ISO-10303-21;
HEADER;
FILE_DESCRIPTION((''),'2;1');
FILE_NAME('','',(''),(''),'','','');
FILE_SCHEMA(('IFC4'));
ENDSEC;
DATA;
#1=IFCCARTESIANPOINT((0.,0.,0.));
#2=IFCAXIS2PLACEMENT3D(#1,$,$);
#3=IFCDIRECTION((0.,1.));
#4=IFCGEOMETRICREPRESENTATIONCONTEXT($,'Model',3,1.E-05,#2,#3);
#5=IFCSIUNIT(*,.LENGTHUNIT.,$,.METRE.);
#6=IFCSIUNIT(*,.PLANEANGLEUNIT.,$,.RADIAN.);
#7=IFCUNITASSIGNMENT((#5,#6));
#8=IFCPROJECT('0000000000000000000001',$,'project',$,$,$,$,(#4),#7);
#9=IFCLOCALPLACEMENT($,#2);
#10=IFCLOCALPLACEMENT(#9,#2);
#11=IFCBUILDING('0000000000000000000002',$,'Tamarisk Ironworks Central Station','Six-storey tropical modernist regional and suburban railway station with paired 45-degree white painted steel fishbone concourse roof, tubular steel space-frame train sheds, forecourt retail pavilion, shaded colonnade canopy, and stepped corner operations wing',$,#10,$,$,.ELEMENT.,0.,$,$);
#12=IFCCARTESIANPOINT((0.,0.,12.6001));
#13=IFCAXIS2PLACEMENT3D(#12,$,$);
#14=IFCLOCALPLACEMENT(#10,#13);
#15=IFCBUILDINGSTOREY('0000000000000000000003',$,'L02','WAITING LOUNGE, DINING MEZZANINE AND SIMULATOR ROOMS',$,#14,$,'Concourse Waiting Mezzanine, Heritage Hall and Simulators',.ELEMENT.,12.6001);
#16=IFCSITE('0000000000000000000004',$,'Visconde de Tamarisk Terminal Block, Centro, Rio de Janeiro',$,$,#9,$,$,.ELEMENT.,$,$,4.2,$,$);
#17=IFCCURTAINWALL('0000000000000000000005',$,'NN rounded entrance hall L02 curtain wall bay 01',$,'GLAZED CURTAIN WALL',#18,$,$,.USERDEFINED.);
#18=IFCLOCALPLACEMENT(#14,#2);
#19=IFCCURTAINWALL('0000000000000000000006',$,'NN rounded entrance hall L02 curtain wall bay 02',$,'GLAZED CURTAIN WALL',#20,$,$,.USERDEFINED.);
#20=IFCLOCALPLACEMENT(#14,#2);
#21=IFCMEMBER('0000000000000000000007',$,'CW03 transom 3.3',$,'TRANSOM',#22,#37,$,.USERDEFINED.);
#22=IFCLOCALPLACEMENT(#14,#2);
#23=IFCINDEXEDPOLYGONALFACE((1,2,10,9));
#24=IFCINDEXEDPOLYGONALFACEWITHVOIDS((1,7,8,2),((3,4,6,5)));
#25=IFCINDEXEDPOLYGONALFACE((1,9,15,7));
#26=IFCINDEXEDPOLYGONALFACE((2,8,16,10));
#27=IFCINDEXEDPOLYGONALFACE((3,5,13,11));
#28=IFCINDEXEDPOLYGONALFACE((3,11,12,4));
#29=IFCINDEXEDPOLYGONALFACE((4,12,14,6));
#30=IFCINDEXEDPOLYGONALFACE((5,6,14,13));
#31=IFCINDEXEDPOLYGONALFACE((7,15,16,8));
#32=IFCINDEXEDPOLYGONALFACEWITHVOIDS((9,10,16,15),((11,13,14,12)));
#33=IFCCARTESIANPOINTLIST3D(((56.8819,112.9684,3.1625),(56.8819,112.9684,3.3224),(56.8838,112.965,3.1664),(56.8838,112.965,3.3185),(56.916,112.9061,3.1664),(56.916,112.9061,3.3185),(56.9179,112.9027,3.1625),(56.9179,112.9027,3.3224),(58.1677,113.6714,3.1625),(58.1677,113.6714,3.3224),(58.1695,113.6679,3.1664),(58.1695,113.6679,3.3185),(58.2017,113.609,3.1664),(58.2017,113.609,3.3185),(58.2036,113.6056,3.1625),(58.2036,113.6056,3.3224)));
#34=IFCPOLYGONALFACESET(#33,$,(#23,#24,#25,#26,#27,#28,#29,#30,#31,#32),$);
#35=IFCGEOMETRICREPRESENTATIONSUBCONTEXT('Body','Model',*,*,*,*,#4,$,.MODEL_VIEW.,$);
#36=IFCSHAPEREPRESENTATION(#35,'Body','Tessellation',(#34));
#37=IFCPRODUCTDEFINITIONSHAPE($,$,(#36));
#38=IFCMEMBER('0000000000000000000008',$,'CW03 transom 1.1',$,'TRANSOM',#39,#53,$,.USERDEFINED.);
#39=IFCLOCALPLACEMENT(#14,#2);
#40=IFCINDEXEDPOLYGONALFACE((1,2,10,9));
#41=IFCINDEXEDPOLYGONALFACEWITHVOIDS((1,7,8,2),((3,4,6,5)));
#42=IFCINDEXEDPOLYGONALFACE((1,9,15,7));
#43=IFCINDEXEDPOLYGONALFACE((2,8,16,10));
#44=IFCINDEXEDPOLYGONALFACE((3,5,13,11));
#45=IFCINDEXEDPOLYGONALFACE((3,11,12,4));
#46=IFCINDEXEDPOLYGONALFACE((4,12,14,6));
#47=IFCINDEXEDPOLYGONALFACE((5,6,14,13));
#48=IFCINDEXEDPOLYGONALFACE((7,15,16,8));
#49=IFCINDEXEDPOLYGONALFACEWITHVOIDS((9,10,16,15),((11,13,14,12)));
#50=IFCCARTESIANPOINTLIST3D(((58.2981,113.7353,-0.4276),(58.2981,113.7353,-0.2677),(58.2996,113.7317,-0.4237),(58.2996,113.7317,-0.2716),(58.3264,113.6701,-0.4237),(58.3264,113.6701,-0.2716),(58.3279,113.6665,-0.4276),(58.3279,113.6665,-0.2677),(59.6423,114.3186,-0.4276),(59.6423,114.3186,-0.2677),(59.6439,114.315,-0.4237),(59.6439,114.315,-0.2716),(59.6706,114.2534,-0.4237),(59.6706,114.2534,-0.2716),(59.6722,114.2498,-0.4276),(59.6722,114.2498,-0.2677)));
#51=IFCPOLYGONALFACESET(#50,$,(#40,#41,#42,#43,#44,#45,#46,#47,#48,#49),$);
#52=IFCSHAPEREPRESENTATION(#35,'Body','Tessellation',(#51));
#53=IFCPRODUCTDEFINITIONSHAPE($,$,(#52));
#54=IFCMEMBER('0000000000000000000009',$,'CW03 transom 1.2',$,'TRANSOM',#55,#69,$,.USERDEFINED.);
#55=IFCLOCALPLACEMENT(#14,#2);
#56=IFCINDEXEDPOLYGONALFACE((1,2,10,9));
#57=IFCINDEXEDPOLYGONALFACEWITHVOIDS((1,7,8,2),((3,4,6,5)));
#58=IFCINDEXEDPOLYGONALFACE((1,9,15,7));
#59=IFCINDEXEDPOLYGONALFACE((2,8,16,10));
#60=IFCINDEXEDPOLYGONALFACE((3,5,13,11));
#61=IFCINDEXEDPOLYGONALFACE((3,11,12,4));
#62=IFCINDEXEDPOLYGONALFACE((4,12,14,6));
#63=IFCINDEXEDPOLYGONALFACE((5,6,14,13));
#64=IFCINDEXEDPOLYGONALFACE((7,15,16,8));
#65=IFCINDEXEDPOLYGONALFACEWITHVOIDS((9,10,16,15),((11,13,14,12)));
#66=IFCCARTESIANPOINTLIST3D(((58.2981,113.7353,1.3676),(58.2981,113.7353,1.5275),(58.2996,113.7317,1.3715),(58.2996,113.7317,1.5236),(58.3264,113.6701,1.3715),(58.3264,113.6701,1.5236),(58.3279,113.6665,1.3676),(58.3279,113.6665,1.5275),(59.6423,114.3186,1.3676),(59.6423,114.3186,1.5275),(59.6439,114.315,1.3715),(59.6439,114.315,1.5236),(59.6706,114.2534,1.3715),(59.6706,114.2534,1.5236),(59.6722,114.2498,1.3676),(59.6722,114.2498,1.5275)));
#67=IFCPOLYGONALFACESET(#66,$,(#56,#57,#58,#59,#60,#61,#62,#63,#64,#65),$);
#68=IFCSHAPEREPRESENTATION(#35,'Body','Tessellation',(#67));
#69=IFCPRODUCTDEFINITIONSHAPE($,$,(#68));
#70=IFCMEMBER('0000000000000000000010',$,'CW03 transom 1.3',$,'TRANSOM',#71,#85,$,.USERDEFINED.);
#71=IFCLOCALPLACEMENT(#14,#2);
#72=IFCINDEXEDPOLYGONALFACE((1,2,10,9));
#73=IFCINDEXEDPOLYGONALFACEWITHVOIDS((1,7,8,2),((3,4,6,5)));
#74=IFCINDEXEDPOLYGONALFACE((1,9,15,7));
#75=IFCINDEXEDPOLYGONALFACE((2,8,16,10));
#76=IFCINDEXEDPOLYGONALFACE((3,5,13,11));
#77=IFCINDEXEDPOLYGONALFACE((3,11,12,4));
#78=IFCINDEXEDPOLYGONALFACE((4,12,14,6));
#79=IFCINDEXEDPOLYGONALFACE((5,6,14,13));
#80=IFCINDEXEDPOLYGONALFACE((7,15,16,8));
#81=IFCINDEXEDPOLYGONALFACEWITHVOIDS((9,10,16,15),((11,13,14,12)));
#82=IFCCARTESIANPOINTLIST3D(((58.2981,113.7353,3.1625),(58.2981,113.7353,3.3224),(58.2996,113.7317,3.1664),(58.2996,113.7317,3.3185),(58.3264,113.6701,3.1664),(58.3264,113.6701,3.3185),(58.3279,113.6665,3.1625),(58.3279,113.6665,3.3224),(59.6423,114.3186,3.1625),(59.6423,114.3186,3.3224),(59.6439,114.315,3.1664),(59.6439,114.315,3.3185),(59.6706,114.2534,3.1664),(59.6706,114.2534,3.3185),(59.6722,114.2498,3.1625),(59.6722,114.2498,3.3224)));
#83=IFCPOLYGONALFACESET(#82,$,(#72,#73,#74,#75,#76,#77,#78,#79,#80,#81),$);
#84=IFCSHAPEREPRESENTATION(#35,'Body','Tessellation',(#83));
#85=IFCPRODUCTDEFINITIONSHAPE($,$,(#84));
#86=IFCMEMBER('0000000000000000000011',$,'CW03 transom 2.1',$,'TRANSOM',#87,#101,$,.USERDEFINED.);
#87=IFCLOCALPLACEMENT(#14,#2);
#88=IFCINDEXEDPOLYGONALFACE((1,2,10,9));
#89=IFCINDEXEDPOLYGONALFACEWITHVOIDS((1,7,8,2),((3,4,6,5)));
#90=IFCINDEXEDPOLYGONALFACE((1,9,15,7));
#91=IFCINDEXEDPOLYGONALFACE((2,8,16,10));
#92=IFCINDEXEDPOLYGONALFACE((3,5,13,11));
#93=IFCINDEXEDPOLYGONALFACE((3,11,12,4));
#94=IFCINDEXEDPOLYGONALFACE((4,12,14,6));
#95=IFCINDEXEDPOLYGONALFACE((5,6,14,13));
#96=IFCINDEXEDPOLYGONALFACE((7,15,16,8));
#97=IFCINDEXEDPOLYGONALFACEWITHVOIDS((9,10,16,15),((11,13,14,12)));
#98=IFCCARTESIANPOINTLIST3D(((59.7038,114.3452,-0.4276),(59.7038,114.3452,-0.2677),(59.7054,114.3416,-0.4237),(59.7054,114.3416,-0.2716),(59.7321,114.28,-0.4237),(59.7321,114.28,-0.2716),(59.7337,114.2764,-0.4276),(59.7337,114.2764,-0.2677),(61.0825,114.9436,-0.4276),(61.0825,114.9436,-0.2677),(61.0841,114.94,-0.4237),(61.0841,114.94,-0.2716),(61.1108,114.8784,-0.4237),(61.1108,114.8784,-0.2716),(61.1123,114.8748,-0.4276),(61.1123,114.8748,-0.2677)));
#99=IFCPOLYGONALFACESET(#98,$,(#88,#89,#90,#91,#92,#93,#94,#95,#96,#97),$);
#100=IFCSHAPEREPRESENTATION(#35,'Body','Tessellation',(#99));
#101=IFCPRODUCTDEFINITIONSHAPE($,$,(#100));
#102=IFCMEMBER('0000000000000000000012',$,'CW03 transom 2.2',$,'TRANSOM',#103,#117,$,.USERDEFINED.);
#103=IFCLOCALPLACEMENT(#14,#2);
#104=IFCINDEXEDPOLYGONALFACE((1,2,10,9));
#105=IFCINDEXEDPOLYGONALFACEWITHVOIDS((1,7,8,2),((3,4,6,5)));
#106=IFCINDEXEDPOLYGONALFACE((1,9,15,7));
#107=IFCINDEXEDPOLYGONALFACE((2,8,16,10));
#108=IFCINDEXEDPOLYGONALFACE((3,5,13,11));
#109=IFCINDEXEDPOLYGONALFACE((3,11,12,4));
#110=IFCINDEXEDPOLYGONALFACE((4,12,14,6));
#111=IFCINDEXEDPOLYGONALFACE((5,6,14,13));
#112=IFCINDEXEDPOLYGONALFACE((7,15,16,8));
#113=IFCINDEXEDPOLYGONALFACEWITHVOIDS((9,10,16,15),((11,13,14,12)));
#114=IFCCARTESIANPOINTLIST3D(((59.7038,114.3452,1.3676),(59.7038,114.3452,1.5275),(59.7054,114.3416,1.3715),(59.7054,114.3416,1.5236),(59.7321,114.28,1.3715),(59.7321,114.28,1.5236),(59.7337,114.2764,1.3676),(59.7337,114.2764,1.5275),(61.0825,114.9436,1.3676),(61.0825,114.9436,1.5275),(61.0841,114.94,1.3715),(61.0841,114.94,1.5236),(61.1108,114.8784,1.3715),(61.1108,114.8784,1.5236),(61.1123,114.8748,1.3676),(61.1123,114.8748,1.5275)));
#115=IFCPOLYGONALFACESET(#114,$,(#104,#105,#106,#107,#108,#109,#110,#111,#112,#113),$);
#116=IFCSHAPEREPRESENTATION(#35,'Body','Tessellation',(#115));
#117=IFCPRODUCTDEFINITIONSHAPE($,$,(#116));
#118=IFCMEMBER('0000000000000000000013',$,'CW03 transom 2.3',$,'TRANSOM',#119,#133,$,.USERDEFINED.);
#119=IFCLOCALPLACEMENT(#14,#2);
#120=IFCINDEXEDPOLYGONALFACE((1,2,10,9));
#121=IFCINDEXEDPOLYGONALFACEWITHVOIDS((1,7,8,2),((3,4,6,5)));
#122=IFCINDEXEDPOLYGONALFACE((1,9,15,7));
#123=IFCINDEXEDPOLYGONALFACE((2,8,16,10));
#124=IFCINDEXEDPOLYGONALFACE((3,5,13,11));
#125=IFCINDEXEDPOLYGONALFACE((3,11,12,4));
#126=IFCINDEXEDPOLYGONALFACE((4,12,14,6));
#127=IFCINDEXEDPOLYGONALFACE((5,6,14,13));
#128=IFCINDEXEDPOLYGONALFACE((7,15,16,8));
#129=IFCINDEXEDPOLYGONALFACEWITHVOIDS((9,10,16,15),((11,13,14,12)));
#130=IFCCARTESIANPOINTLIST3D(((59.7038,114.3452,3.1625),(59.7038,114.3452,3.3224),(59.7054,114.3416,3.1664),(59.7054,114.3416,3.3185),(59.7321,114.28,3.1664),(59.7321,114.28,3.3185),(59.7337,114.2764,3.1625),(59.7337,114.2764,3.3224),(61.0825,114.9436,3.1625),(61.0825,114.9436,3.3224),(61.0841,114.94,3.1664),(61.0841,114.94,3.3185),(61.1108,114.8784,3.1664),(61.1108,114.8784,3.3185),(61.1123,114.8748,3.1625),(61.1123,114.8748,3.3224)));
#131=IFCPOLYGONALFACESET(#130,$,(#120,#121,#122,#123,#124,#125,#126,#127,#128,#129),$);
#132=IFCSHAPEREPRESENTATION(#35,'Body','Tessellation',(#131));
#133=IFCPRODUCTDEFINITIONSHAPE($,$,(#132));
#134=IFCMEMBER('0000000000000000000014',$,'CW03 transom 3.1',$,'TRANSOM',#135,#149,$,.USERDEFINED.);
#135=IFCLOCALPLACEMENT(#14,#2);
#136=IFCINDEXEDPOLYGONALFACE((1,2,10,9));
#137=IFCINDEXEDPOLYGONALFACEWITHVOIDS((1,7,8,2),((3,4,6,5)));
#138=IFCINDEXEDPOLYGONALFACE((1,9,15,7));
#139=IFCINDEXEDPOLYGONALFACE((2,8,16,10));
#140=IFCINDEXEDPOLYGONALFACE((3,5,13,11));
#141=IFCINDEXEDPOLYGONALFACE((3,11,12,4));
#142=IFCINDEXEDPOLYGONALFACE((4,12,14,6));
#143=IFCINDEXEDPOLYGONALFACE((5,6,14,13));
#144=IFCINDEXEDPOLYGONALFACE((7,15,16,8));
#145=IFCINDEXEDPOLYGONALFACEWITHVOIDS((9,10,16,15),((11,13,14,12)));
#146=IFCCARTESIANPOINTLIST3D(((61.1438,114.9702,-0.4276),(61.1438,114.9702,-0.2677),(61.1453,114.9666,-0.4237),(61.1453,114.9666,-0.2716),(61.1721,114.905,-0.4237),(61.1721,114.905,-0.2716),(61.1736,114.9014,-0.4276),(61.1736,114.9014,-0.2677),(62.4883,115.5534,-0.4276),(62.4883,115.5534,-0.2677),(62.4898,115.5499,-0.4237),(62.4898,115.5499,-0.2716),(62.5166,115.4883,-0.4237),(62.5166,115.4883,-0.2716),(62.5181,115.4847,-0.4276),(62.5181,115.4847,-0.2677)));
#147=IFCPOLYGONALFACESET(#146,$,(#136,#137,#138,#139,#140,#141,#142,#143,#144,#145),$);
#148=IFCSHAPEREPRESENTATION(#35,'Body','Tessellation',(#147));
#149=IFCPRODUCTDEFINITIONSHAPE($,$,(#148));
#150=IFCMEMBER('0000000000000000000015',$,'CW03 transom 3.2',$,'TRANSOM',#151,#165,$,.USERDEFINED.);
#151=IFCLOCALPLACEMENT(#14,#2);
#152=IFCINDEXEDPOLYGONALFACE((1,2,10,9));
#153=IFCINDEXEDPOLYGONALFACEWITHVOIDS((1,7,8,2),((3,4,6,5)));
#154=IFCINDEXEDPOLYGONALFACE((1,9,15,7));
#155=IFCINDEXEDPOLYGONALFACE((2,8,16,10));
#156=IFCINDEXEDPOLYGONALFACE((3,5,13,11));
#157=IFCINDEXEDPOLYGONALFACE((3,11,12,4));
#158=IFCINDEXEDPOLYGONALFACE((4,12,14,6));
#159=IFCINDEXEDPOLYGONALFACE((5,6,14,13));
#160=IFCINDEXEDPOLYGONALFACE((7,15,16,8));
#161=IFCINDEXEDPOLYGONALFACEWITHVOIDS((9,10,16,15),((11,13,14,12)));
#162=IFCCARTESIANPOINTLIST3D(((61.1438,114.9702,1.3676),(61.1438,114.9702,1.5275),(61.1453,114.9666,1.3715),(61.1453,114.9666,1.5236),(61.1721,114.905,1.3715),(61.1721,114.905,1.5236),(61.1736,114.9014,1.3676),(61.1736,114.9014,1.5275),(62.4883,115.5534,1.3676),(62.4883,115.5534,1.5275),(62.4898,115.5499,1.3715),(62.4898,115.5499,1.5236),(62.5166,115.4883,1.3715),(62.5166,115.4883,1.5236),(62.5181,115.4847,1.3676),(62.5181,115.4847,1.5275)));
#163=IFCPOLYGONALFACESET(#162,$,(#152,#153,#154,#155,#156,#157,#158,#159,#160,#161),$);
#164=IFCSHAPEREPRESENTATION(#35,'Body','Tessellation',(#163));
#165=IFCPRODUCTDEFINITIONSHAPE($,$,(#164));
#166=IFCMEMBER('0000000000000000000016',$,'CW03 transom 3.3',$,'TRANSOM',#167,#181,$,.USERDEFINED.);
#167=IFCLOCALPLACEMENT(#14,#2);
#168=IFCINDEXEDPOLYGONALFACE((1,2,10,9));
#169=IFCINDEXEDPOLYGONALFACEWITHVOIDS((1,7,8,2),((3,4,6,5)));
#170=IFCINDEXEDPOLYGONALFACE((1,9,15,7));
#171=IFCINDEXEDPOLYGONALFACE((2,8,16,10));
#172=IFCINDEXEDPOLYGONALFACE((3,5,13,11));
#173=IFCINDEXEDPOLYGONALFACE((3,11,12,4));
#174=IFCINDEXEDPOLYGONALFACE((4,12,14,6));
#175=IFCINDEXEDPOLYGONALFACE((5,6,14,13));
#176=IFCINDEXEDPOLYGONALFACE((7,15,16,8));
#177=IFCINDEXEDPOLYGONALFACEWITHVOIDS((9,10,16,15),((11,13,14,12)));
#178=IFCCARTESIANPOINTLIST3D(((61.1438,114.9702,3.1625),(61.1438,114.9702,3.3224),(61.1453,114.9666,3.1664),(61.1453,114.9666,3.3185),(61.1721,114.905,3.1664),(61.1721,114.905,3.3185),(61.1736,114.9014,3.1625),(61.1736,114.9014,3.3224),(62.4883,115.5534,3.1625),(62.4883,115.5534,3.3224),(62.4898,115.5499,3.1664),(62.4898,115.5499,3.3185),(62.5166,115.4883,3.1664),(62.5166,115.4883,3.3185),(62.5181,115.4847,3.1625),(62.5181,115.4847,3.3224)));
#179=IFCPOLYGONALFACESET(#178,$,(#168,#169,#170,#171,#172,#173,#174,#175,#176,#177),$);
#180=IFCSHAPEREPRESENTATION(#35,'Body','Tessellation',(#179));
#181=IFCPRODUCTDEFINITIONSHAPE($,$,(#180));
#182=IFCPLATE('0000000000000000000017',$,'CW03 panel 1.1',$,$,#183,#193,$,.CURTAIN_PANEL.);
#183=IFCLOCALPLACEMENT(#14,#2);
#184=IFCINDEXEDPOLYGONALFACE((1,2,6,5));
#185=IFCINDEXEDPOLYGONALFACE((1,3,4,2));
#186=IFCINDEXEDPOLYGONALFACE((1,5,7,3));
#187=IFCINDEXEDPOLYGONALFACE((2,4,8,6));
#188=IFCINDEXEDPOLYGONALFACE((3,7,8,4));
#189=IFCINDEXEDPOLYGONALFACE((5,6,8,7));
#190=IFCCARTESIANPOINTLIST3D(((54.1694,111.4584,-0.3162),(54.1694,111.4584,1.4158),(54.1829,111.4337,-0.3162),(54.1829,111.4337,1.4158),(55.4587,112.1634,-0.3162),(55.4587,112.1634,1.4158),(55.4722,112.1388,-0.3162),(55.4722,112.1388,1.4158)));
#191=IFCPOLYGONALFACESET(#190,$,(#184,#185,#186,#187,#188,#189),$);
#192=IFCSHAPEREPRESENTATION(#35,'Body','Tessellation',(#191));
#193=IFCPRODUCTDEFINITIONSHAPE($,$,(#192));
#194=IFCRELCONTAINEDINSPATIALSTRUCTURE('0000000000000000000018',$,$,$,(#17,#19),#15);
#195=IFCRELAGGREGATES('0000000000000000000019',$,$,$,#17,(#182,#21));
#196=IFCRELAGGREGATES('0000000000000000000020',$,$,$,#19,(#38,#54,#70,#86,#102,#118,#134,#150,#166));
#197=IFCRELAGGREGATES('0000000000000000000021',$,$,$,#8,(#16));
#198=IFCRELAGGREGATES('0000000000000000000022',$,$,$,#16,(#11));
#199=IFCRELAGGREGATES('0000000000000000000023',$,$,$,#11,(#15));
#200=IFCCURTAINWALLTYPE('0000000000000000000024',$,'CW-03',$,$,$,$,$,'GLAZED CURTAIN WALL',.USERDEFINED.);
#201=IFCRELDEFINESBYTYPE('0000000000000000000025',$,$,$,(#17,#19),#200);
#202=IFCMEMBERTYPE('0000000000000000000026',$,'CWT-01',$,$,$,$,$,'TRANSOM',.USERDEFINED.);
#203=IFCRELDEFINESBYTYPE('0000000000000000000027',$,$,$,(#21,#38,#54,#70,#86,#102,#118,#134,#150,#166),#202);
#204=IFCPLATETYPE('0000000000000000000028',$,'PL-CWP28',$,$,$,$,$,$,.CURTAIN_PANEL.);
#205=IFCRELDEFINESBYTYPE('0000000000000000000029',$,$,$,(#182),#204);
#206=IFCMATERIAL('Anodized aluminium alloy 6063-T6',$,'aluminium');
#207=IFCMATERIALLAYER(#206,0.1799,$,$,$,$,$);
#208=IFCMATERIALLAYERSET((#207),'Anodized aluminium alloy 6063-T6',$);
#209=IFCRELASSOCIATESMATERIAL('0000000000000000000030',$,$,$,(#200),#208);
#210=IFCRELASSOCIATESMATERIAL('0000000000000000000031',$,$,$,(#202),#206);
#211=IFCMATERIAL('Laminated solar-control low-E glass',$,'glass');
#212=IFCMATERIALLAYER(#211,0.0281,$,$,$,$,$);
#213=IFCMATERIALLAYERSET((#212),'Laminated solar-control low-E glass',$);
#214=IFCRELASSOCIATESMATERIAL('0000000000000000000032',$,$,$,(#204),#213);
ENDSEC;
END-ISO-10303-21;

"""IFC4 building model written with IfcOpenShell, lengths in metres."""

from ifc_helpers import new_model, si_unit, direction, frame, origin, origin_2d, place, context, subcontext, project, spatial, rectangle, hollow_rectangle, extrude, material, layer, layer_set, material_profile, profile_set, type_object, element, aggregate, save


model = new_model("IFC4")

# Units and contexts
model_context = context("Model", 3, precision=1e-05, world=origin(), true_north=direction((0.0, 1.0)))
body_context = subcontext(model_context, "Body", "Model", "MODEL_VIEW")
ifc_project = project(units=[si_unit("LENGTHUNIT", "METRE"), si_unit("PLANEANGLEUNIT", "RADIAN")], contexts=[model_context])

# Site, building, storey
site_placement = place(None, origin())
site = spatial("IfcSite", under=ifc_project, at=site_placement, Name="Visconde de Tamarisk Terminal Block, Centro, Rio de Janeiro", CompositionType="ELEMENT", RefElevation=4.2)
building_placement = place(site_placement, origin())
building = spatial("IfcBuilding", under=site, at=building_placement, Name="Tamarisk Ironworks Central Station", Description="Six-storey tropical modernist regional and suburban railway station with paired 45-degree white painted steel fishbone concourse roof, tubular steel space-frame train sheds, forecourt retail pavilion, shaded colonnade canopy, and stepped corner operations wing", CompositionType="ELEMENT", ElevationOfRefHeight=0.0)
storey_placement = place(building_placement, frame((0.0, 0.0, 12.6001)))
storey = spatial("IfcBuildingStorey", under=building, at=storey_placement, Name="L02", Description="WAITING LOUNGE, DINING MEZZANINE AND SIMULATOR ROOMS", LongName="Concourse Waiting Mezzanine, Heritage Hall and Simulators", CompositionType="ELEMENT", Elevation=12.6001)

# Curtain walls
ifc_material_1 = material(Name="Anodized aluminium alloy 6063-T6", Category="aluminium")
ifc_layer_1 = layer(ifc_material_1, 0.1799)
ifc_layer_set_1 = layer_set([ifc_layer_1], Name="Anodized aluminium alloy 6063-T6")
curtain_wall_type = type_object("IfcCurtainWallType", Name="CW-03", ElementType="GLAZED CURTAIN WALL", PredefinedType="USERDEFINED", material=ifc_layer_set_1)
curtain_wall_1_placement = place(storey_placement, origin())
curtain_wall_1 = element("IfcCurtainWall", 1, at=curtain_wall_1_placement, inside=storey, type_object=curtain_wall_type, Name="NN rounded entrance hall L02 curtain wall bay 01", ObjectType="GLAZED CURTAIN WALL", PredefinedType="USERDEFINED")
curtain_wall_2_placement = place(storey_placement, origin())
curtain_wall_2 = element("IfcCurtainWall", 2, at=curtain_wall_2_placement, inside=storey, type_object=curtain_wall_type, Name="NN rounded entrance hall L02 curtain wall bay 02", ObjectType="GLAZED CURTAIN WALL", PredefinedType="USERDEFINED")

# Members
ifc_material_profile_1 = material_profile(ifc_material_1, hollow_rectangle(XDim=0.075, YDim=0.1599, WallThickness=0.0039, at=origin_2d()), Name="ALUM 160x75")
ifc_profile_set_1 = profile_set([ifc_material_profile_1], Name="Anodized aluminium alloy 6063-T6")
member_type_1 = type_object("IfcMemberType", Name="CWT-01", ElementType="TRANSOM", PredefinedType="USERDEFINED", material=ifc_profile_set_1)
member_1_placement = place(storey_placement, frame((56.8999, 112.9355, 3.2424), z_axis=(0.87743, 0.479704, 0.0), x_axis=(-0.479704, 0.87743, 0.0)))
member_1 = element("IfcMember", 3, at=member_1_placement, type_object=member_type_1, Name="CW03 transom 3.3", ObjectType="TRANSOM", PredefinedType="USERDEFINED", context=body_context, shape_type="SweptSolid", body=[
    extrude(hollow_rectangle(XDim=0.075, YDim=0.1599, WallThickness=0.0039, at=origin_2d()), origin(), (0.0, 0.0, 1.0), 1.4653),
])
member_2_placement = place(storey_placement, frame((58.313, 113.7009, -0.3477), z_axis=(0.917369, 0.398038, 0.0), x_axis=(-0.398038, 0.917369, 0.0)))
member_2 = element("IfcMember", 4, at=member_2_placement, type_object=member_type_1, Name="CW03 transom 1.1", ObjectType="TRANSOM", PredefinedType="USERDEFINED", context=body_context, shape_type="SweptSolid", body=[
    extrude(hollow_rectangle(XDim=0.075, YDim=0.1599, WallThickness=0.0039, at=origin_2d()), origin(), (0.0, 0.0, 1.0), 1.4653),
])
member_3_placement = place(storey_placement, frame((58.313, 113.7009, 1.4475), z_axis=(0.917369, 0.398038, 0.0), x_axis=(-0.398038, 0.917369, 0.0)))
member_3 = element("IfcMember", 5, at=member_3_placement, type_object=member_type_1, Name="CW03 transom 1.2", ObjectType="TRANSOM", PredefinedType="USERDEFINED", context=body_context, shape_type="SweptSolid", body=[
    extrude(hollow_rectangle(XDim=0.075, YDim=0.1599, WallThickness=0.0039, at=origin_2d()), origin(), (0.0, 0.0, 1.0), 1.4653),
])
member_4_placement = place(storey_placement, frame((58.313, 113.7009, 3.2424), z_axis=(0.917369, 0.398038, 0.0), x_axis=(-0.398038, 0.917369, 0.0)))
member_4 = element("IfcMember", 6, at=member_4_placement, type_object=member_type_1, Name="CW03 transom 1.3", ObjectType="TRANSOM", PredefinedType="USERDEFINED", context=body_context, shape_type="SweptSolid", body=[
    extrude(hollow_rectangle(XDim=0.075, YDim=0.1599, WallThickness=0.0039, at=origin_2d()), origin(), (0.0, 0.0, 1.0), 1.4653),
])
member_5_placement = place(storey_placement, frame((59.7188, 114.3108, -0.3477), z_axis=(0.91732, 0.39815, 0.0), x_axis=(-0.39815, 0.91732, 0.0)))
member_5 = element("IfcMember", 7, at=member_5_placement, type_object=member_type_1, Name="CW03 transom 2.1", ObjectType="TRANSOM", PredefinedType="USERDEFINED", context=body_context, shape_type="SweptSolid", body=[
    extrude(hollow_rectangle(XDim=0.075, YDim=0.1599, WallThickness=0.0039, at=origin_2d()), origin(), (0.0, 0.0, 1.0), 1.5029),
])
member_6_placement = place(storey_placement, frame((59.7188, 114.3108, 1.4475), z_axis=(0.91732, 0.39815, 0.0), x_axis=(-0.39815, 0.91732, 0.0)))
member_6 = element("IfcMember", 8, at=member_6_placement, type_object=member_type_1, Name="CW03 transom 2.2", ObjectType="TRANSOM", PredefinedType="USERDEFINED", context=body_context, shape_type="SweptSolid", body=[
    extrude(hollow_rectangle(XDim=0.075, YDim=0.1599, WallThickness=0.0039, at=origin_2d()), origin(), (0.0, 0.0, 1.0), 1.5029),
])
member_7_placement = place(storey_placement, frame((59.7188, 114.3108, 3.2424), z_axis=(0.91732, 0.39815, 0.0), x_axis=(-0.39815, 0.91732, 0.0)))
member_7 = element("IfcMember", 9, at=member_7_placement, type_object=member_type_1, Name="CW03 transom 2.3", ObjectType="TRANSOM", PredefinedType="USERDEFINED", context=body_context, shape_type="SweptSolid", body=[
    extrude(hollow_rectangle(XDim=0.075, YDim=0.1599, WallThickness=0.0039, at=origin_2d()), origin(), (0.0, 0.0, 1.0), 1.5029),
])
member_8_placement = place(storey_placement, frame((61.1587, 114.9358, -0.3477), z_axis=(0.917396, 0.397977, 0.0), x_axis=(-0.397977, 0.917396, 0.0)))
member_8 = element("IfcMember", 10, at=member_8_placement, type_object=member_type_1, Name="CW03 transom 3.1", ObjectType="TRANSOM", PredefinedType="USERDEFINED", context=body_context, shape_type="SweptSolid", body=[
    extrude(hollow_rectangle(XDim=0.075, YDim=0.1599, WallThickness=0.0039, at=origin_2d()), origin(), (0.0, 0.0, 1.0), 1.4656),
])
member_9_placement = place(storey_placement, frame((61.1587, 114.9358, 1.4475), z_axis=(0.917396, 0.397977, 0.0), x_axis=(-0.397977, 0.917396, 0.0)))
member_9 = element("IfcMember", 11, at=member_9_placement, type_object=member_type_1, Name="CW03 transom 3.2", ObjectType="TRANSOM", PredefinedType="USERDEFINED", context=body_context, shape_type="SweptSolid", body=[
    extrude(hollow_rectangle(XDim=0.075, YDim=0.1599, WallThickness=0.0039, at=origin_2d()), origin(), (0.0, 0.0, 1.0), 1.4656),
])
member_10_placement = place(storey_placement, frame((61.1587, 114.9358, 3.2424), z_axis=(0.917396, 0.397977, 0.0), x_axis=(-0.397977, 0.917396, 0.0)))
member_10 = element("IfcMember", 12, at=member_10_placement, type_object=member_type_1, Name="CW03 transom 3.3", ObjectType="TRANSOM", PredefinedType="USERDEFINED", context=body_context, shape_type="SweptSolid", body=[
    extrude(hollow_rectangle(XDim=0.075, YDim=0.1599, WallThickness=0.0039, at=origin_2d()), origin(), (0.0, 0.0, 1.0), 1.4656),
])

# Plate
ifc_material_2 = material(Name="Laminated solar-control low-E glass", Category="glass")
ifc_layer_2 = layer(ifc_material_2, 0.0281)
ifc_layer_set_2 = layer_set([ifc_layer_2], Name="Laminated solar-control low-E glass")
plate_type = type_object("IfcPlateType", Name="PL-CWP28", PredefinedType="CURTAIN_PANEL", material=ifc_layer_set_2)
plate_1_placement = place(storey_placement, frame((54.8208, 111.7986, -0.3162), z_axis=(0.0, 0.0, 1.0), x_axis=(0.877375, 0.479805, 0.0)))
plate_1 = element("IfcPlate", 13, at=plate_1_placement, type_object=plate_type, Name="CW03 panel 1.1", PredefinedType="CURTAIN_PANEL", context=body_context, shape_type="SweptSolid", body=[
    extrude(rectangle(XDim=1.4695, YDim=0.0281, at=origin_2d()), origin(), (0.0, 0.0, 1.0), 1.7319),
])
aggregate(curtain_wall_1, [plate_1, member_1])
aggregate(curtain_wall_2, [member_2, member_3, member_4, member_5, member_6, member_7, member_8, member_9, member_10])

save(model, "model.ifc")
